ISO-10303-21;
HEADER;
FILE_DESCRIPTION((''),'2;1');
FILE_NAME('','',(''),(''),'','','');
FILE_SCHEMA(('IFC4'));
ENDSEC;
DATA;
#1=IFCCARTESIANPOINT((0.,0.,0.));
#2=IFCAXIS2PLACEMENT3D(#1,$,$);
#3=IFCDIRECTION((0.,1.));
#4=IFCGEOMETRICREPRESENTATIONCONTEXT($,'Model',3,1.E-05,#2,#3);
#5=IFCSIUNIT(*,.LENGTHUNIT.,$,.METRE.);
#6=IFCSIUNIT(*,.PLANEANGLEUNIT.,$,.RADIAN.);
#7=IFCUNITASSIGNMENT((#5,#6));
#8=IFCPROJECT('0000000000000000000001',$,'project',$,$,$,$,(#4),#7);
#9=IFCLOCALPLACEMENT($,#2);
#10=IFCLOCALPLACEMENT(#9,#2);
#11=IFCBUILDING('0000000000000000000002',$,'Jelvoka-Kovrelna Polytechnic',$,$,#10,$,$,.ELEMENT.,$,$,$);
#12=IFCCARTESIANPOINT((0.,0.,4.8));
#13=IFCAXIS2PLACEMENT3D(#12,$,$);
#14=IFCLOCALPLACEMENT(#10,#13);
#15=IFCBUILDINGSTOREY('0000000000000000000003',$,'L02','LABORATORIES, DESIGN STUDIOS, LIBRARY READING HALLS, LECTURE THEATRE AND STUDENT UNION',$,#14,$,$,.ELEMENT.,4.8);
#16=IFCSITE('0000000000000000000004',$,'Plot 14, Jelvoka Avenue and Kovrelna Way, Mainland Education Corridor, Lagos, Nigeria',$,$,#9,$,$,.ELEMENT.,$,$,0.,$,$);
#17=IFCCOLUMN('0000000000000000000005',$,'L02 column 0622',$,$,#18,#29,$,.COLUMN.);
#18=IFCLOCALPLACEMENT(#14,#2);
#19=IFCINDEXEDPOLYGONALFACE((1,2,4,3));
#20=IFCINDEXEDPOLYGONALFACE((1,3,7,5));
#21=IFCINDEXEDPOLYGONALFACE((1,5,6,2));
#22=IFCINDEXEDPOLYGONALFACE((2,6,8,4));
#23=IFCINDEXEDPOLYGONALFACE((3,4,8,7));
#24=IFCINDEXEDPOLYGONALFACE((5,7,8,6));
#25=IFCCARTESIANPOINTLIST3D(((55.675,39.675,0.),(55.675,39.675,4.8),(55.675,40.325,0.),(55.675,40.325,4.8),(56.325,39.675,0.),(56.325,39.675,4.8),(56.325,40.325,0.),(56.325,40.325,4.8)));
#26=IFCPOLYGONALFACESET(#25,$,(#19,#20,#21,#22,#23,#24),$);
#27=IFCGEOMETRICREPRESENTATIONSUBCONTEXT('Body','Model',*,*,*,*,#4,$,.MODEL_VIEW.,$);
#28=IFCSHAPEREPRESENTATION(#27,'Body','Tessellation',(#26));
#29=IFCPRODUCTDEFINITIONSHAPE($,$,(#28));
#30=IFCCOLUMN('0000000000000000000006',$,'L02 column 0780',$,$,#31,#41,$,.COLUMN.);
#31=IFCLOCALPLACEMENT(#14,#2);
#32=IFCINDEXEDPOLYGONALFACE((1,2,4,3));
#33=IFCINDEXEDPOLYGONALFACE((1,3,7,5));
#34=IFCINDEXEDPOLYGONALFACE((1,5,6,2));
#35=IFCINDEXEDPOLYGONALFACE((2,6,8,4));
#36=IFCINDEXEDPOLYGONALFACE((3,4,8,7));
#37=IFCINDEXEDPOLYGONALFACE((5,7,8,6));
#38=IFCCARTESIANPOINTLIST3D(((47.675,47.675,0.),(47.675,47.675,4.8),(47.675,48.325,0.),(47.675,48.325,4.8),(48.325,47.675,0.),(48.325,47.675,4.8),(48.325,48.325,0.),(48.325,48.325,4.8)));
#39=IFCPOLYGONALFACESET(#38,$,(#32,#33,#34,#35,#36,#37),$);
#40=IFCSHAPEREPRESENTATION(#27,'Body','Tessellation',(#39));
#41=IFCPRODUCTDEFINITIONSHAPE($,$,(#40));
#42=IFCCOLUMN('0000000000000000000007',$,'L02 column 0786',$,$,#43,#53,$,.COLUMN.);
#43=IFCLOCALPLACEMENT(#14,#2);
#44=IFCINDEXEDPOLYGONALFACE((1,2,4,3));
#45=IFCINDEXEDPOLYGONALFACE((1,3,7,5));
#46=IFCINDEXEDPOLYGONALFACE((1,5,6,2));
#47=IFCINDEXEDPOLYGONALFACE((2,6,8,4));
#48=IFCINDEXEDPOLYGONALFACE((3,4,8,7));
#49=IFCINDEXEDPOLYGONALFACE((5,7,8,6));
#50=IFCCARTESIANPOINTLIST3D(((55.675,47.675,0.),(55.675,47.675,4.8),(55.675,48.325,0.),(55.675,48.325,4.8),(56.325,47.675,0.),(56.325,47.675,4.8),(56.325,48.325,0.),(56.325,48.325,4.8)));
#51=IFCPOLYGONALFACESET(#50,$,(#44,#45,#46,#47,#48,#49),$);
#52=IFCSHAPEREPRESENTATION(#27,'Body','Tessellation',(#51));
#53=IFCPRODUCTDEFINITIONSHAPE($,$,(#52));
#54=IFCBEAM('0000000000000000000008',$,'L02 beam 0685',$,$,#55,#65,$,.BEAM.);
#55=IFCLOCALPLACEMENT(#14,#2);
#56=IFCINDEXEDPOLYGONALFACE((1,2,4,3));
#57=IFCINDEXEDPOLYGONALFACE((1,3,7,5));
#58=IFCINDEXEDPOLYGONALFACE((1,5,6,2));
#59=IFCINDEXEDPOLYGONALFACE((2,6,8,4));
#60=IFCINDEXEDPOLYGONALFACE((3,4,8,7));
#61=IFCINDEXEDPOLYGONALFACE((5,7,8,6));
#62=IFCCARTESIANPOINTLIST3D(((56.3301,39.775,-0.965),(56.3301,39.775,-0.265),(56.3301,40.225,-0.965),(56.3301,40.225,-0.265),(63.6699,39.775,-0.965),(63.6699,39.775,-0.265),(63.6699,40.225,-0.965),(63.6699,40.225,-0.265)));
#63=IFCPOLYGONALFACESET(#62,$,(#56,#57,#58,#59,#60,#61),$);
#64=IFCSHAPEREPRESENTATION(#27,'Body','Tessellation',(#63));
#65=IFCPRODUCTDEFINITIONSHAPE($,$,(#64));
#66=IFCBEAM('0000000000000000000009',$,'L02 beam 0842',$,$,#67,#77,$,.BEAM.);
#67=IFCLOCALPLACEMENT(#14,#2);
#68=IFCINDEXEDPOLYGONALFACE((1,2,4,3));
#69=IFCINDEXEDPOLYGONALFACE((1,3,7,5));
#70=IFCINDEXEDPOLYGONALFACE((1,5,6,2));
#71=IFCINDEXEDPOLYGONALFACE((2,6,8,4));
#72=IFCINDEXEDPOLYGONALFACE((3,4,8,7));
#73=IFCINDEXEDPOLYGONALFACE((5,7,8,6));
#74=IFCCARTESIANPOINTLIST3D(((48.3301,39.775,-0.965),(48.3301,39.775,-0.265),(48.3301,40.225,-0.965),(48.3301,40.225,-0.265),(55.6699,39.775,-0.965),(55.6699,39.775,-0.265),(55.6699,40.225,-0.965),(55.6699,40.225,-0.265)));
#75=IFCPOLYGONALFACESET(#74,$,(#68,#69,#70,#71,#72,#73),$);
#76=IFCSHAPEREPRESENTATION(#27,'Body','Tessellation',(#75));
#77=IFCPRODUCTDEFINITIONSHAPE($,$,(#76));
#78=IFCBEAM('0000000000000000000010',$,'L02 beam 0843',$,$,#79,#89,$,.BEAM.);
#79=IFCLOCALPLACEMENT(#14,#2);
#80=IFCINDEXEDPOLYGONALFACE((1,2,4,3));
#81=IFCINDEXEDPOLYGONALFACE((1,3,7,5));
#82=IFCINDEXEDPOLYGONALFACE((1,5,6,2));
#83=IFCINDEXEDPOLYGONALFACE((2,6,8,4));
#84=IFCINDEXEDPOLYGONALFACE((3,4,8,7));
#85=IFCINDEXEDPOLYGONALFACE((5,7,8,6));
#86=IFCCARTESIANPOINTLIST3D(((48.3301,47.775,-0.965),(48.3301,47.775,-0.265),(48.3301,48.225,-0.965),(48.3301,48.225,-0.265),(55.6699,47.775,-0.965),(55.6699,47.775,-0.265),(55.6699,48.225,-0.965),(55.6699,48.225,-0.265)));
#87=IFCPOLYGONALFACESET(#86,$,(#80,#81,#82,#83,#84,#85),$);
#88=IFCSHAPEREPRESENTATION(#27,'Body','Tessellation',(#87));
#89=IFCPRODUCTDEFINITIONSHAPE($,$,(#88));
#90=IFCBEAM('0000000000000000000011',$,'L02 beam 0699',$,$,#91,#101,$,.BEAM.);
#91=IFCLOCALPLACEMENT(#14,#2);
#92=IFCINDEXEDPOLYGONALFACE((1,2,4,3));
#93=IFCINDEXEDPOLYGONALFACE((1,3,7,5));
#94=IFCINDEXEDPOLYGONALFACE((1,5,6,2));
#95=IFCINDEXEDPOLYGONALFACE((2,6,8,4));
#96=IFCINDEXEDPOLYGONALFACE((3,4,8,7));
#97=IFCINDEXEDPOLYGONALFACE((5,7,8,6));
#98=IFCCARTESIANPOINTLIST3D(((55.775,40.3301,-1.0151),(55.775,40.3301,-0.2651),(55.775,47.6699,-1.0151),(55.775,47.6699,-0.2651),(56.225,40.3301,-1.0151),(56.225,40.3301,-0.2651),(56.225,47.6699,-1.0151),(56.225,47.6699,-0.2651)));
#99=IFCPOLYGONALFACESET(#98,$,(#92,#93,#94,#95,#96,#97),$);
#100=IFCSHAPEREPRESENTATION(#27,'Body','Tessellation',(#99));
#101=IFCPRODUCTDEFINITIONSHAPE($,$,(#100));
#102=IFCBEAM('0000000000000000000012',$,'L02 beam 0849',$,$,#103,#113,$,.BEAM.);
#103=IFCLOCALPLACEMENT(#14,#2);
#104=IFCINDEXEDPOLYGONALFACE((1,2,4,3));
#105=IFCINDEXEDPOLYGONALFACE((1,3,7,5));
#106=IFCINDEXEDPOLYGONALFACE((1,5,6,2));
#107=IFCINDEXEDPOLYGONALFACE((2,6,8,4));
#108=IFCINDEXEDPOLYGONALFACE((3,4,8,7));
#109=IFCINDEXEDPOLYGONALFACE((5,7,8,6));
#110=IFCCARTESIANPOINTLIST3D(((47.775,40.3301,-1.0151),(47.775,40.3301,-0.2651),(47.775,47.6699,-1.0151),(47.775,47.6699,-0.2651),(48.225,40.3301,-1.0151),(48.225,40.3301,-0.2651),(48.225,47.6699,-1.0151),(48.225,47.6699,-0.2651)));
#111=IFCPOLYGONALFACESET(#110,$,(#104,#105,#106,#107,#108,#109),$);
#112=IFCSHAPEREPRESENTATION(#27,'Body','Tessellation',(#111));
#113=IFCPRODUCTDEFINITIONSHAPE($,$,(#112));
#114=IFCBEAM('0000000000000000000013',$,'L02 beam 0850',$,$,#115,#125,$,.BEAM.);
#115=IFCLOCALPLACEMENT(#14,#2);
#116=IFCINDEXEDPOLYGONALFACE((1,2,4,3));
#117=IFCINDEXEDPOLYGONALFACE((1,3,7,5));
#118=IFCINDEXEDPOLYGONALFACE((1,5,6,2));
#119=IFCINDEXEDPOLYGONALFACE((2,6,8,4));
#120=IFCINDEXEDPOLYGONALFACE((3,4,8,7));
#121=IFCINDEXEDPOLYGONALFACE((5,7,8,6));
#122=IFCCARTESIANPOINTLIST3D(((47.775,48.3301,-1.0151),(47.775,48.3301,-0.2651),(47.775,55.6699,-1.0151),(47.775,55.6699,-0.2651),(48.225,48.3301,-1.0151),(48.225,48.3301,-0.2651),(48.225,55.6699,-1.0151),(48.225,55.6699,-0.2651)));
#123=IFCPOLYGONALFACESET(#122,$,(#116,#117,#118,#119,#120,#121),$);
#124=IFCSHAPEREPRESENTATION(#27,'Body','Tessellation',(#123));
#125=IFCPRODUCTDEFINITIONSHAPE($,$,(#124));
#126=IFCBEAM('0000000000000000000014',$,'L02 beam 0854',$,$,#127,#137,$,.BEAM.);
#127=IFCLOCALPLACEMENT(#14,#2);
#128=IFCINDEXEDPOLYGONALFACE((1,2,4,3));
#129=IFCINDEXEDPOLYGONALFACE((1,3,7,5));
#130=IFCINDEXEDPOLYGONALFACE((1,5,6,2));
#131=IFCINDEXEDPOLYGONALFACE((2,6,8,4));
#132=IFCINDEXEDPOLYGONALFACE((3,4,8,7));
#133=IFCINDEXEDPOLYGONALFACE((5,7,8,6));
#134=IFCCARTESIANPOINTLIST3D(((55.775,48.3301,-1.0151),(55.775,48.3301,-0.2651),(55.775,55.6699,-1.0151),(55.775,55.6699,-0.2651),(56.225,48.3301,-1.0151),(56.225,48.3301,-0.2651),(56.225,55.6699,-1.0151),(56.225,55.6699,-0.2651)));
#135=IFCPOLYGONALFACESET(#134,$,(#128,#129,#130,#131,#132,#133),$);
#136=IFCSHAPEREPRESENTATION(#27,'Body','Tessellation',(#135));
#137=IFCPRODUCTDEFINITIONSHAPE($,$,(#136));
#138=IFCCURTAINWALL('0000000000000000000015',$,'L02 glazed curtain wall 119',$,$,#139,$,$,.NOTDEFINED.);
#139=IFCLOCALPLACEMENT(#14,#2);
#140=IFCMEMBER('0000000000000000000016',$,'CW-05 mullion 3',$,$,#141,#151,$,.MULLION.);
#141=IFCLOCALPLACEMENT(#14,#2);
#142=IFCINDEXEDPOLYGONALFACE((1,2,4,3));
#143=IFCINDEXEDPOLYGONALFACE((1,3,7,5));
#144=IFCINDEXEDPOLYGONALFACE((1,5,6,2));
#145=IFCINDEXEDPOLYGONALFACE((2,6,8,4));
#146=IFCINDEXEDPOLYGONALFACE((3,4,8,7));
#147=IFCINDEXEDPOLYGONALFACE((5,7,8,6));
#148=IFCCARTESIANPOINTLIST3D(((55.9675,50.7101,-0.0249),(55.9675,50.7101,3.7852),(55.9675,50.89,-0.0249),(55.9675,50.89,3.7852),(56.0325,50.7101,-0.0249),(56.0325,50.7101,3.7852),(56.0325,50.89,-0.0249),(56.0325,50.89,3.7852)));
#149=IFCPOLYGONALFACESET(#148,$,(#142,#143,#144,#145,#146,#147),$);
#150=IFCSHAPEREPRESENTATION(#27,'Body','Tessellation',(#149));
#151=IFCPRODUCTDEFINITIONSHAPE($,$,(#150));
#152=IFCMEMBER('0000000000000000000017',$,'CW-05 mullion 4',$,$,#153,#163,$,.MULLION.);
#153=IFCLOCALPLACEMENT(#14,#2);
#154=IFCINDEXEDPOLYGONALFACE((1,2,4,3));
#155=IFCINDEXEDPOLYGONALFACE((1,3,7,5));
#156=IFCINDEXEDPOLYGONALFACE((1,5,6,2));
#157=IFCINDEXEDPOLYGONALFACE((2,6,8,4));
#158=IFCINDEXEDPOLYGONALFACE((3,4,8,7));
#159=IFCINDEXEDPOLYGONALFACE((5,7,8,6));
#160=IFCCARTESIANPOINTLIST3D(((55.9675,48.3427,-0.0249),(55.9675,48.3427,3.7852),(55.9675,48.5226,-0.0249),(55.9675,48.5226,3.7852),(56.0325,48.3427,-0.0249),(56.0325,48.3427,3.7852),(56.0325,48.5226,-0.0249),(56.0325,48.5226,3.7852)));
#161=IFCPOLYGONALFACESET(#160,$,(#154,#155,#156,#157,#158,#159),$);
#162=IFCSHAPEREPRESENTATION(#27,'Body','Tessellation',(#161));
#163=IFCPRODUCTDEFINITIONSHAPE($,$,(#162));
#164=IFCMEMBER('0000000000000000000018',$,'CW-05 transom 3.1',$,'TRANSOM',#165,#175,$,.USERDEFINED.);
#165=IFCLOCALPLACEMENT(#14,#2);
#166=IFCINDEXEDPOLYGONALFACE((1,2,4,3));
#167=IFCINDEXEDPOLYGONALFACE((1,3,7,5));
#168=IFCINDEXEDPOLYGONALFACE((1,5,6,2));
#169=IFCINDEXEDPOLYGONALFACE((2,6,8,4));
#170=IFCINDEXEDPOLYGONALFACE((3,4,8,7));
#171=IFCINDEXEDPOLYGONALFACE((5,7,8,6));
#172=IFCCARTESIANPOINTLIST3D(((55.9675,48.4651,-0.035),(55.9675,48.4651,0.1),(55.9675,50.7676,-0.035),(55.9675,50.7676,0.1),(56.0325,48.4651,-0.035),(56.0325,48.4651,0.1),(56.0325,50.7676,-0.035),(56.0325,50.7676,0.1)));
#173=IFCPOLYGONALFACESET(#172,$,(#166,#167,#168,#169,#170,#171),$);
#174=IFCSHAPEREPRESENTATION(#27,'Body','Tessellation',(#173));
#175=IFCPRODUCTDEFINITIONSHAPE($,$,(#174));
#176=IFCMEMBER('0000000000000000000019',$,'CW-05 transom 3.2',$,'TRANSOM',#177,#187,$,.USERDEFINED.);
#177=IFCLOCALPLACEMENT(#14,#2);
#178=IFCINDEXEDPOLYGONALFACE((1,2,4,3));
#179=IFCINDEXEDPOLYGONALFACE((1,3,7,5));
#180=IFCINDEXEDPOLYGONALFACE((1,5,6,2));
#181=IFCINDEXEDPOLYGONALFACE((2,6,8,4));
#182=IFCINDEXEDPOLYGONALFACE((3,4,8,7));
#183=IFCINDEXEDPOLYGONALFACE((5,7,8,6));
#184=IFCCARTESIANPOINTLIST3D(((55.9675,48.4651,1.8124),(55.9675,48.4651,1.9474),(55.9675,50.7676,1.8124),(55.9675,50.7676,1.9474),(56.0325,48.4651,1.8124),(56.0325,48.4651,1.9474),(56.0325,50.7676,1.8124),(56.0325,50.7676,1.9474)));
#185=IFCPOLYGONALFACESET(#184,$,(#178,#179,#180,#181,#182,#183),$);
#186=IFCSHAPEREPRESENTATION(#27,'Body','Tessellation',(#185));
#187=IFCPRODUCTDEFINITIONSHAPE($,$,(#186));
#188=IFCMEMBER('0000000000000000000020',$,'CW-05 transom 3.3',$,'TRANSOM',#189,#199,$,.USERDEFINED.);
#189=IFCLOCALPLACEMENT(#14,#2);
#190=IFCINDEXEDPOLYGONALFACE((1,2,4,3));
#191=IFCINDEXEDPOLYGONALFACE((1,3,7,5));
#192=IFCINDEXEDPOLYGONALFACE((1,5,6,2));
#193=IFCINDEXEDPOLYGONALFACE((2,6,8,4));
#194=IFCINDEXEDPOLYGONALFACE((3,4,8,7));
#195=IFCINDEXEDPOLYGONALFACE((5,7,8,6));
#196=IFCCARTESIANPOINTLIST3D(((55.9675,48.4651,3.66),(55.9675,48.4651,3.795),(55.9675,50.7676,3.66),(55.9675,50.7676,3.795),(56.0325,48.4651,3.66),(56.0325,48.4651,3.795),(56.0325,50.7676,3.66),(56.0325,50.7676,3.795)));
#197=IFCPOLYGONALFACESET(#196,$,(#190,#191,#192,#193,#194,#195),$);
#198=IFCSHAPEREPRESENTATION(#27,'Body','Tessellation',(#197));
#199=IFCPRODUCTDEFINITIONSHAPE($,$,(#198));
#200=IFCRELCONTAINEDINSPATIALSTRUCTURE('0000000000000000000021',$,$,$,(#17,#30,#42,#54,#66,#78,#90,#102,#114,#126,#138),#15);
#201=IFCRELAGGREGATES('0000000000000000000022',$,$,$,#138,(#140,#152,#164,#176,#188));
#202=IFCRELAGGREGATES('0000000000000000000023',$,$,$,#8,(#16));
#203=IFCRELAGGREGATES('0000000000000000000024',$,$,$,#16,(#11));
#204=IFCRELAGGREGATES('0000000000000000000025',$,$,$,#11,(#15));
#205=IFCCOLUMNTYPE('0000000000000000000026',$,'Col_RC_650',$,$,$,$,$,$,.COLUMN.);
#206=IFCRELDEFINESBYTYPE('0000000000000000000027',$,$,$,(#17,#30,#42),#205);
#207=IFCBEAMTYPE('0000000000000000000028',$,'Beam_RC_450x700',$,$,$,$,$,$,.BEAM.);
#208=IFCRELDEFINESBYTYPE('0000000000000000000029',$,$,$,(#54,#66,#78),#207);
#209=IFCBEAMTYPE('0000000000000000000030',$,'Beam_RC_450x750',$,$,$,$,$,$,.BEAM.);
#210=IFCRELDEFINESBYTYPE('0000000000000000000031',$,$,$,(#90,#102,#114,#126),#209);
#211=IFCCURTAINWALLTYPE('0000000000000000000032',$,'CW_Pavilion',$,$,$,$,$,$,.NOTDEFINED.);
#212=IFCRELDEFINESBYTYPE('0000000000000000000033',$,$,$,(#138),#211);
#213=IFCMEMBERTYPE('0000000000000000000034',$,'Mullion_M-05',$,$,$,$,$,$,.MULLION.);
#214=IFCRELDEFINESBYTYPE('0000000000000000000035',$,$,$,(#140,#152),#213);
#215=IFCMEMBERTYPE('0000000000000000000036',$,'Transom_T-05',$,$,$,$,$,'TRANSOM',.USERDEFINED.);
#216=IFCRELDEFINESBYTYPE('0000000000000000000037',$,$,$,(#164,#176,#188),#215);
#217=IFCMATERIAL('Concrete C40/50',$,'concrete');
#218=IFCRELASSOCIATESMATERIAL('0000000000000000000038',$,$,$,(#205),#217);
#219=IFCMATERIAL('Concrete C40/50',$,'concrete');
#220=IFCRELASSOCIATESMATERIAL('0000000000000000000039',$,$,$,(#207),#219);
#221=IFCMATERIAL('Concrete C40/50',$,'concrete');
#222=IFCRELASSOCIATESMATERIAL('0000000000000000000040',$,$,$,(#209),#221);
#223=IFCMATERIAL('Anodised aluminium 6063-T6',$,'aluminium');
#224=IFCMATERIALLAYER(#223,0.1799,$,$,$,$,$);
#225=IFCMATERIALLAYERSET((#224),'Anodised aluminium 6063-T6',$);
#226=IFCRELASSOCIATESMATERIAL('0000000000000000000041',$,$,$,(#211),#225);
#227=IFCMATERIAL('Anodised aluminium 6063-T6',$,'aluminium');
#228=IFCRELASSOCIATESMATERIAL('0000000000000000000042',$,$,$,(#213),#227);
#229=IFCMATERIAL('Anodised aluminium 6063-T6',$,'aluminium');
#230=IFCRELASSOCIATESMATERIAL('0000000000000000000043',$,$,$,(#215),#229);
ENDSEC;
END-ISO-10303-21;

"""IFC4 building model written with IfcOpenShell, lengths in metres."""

from ifc_helpers import new_model, si_unit, direction, frame, origin, origin_2d, place, context, subcontext, project, spatial, rectangle, extrude, material, layer, layer_set, material_profile, profile_set, type_object, element, aggregate, save


model = new_model("IFC4")

# Units and contexts
model_context = context("Model", 3, precision=1e-05, world=origin(), true_north=direction((0.0, 1.0)))
body_context = subcontext(model_context, "Body", "Model", "MODEL_VIEW")
ifc_project = project(units=[si_unit("LENGTHUNIT", "METRE"), si_unit("PLANEANGLEUNIT", "RADIAN")], contexts=[model_context])

# Site, building, storey
site_placement = place(None, origin())
site = spatial("IfcSite", under=ifc_project, at=site_placement, Name="Plot 14, Jelvoka Avenue and Kovrelna Way, Mainland Education Corridor, Lagos, Nigeria", CompositionType="ELEMENT", RefElevation=0.0)
building_placement = place(site_placement, origin())
building = spatial("IfcBuilding", under=site, at=building_placement, Name="Jelvoka-Kovrelna Polytechnic", CompositionType="ELEMENT")
storey_placement = place(building_placement, frame((0.0, 0.0, 4.8)))
storey = spatial("IfcBuildingStorey", under=building, at=storey_placement, Name="L02", Description="LABORATORIES, DESIGN STUDIOS, LIBRARY READING HALLS, LECTURE THEATRE AND STUDENT UNION", CompositionType="ELEMENT", Elevation=4.8)

# Columns
ifc_material_1 = material(Name="Concrete C40/50", Category="concrete")
ifc_material_profile_1 = material_profile(ifc_material_1, rectangle(XDim=0.6499, YDim=0.6499, at=origin_2d()), Name="RC 650x650")
ifc_profile_set_1 = profile_set([ifc_material_profile_1], Name="Concrete C40/50")
column_type = type_object("IfcColumnType", Name="Col_RC_650", PredefinedType="COLUMN", material=ifc_profile_set_1)
for number, where, z_axis, x_axis, name in (
    (1, (56.0, 40.0, 0.0), (0.0, 0.0, 1.0), (1.0, 0.0, 0.0), "L02 column 0622"),
    (2, (48.0, 48.0, 0.0), (0.0, 0.0, 1.0), (1.0, 0.0, 0.0), "L02 column 0780"),
    (3, (56.0, 48.0, 0.0), (0.0, 0.0, 1.0), (1.0, 0.0, 0.0), "L02 column 0786"),
):
    element("IfcColumn", number, at=place(storey_placement, frame(where, z_axis=z_axis, x_axis=x_axis)), inside=storey, type_object=column_type, Name=name, PredefinedType="COLUMN", context=body_context, shape_type="SweptSolid", body=[
        extrude(rectangle(XDim=0.6499, YDim=0.6499, at=origin_2d()), origin(), (0.0, 0.0, 1.0), 4.8),
    ])

# Beams
ifc_material_2 = material(Name="Concrete C40/50", Category="concrete")
ifc_material_profile_2 = material_profile(ifc_material_2, rectangle(XDim=0.45, YDim=0.7, at=origin_2d()), Name="RC 450x700")
ifc_profile_set_2 = profile_set([ifc_material_profile_2], Name="Concrete C40/50")
beam_type_1 = type_object("IfcBeamType", Name="Beam_RC_450x700", PredefinedType="BEAM", material=ifc_profile_set_2)
for number, where, z_axis, x_axis, name in (
    (4, (56.3301, 40.0, -0.615), (1.0, 0.0, 0.0), (0.0, 1.0, 0.0), "L02 beam 0685"),
    (5, (48.3301, 40.0, -0.615), (1.0, 0.0, 0.0), (0.0, 1.0, 0.0), "L02 beam 0842"),
    (6, (48.3301, 48.0, -0.615), (1.0, 0.0, 0.0), (0.0, 1.0, 0.0), "L02 beam 0843"),
):
    element("IfcBeam", number, at=place(storey_placement, frame(where, z_axis=z_axis, x_axis=x_axis)), inside=storey, type_object=beam_type_1, Name=name, PredefinedType="BEAM", context=body_context, shape_type="SweptSolid", body=[
        extrude(rectangle(XDim=0.45, YDim=0.7, at=origin_2d()), origin(), (0.0, 0.0, 1.0), 7.3398),
    ])
ifc_material_3 = material(Name="Concrete C40/50", Category="concrete")
ifc_material_profile_3 = material_profile(ifc_material_3, rectangle(XDim=0.45, YDim=0.75, at=origin_2d()), Name="RC 450x750")
ifc_profile_set_3 = profile_set([ifc_material_profile_3], Name="Concrete C40/50")
beam_type_2 = type_object("IfcBeamType", Name="Beam_RC_450x750", PredefinedType="BEAM", material=ifc_profile_set_3)
for number, where, z_axis, x_axis, name in (
    (7, (56.0, 40.3301, -0.6401), (0.0, 1.0, 0.0), (-1.0, 0.0, 0.0), "L02 beam 0699"),
    (8, (48.0, 40.3301, -0.6401), (0.0, 1.0, 0.0), (-1.0, 0.0, 0.0), "L02 beam 0849"),
    (9, (48.0, 48.3301, -0.6401), (0.0, 1.0, 0.0), (-1.0, 0.0, 0.0), "L02 beam 0850"),
    (10, (56.0, 48.3301, -0.6401), (0.0, 1.0, 0.0), (-1.0, 0.0, 0.0), "L02 beam 0854"),
):
    element("IfcBeam", number, at=place(storey_placement, frame(where, z_axis=z_axis, x_axis=x_axis)), inside=storey, type_object=beam_type_2, Name=name, PredefinedType="BEAM", context=body_context, shape_type="SweptSolid", body=[
        extrude(rectangle(XDim=0.45, YDim=0.75, at=origin_2d()), origin(), (0.0, 0.0, 1.0), 7.3398),
    ])

# Curtain wall, members
ifc_material_4 = material(Name="Anodised aluminium 6063-T6", Category="aluminium")
ifc_layer_1 = layer(ifc_material_4, 0.1799)
ifc_layer_set_1 = layer_set([ifc_layer_1], Name="Anodised aluminium 6063-T6")
curtain_wall_type = type_object("IfcCurtainWallType", Name="CW_Pavilion", PredefinedType="NOTDEFINED", material=ifc_layer_set_1)
curtain_wall_placement = place(storey_placement, origin())
curtain_wall = element("IfcCurtainWall", 11, at=curtain_wall_placement, inside=storey, type_object=curtain_wall_type, Name="L02 glazed curtain wall 119", PredefinedType="NOTDEFINED")
ifc_material_5 = material(Name="Anodised aluminium 6063-T6", Category="aluminium")
ifc_material_profile_4 = material_profile(ifc_material_5, rectangle(XDim=0.0649, YDim=0.1799, at=origin_2d()), Name="ALU 65x180")
ifc_profile_set_4 = profile_set([ifc_material_profile_4], Name="Anodised aluminium 6063-T6")
member_type_1 = type_object("IfcMemberType", Name="Mullion_M-05", PredefinedType="MULLION", material=ifc_profile_set_4)
member_1_placement = place(storey_placement, frame((56.0, 50.8, -0.0249), z_axis=(0.0, 0.0, 1.0), x_axis=(1.0, 0.0, 0.0)))
member_1 = element("IfcMember", 12, at=member_1_placement, type_object=member_type_1, Name="CW-05 mullion 3", PredefinedType="MULLION", context=body_context, shape_type="SweptSolid", body=[
    extrude(rectangle(XDim=0.0649, YDim=0.1799, at=origin_2d()), origin(), (0.0, 0.0, 1.0), 3.8101),
])
member_2_placement = place(storey_placement, frame((56.0, 48.4326, -0.0249), z_axis=(0.0, 0.0, 1.0), x_axis=(1.0, 0.0, 0.0)))
member_2 = element("IfcMember", 13, at=member_2_placement, type_object=member_type_1, Name="CW-05 mullion 4", PredefinedType="MULLION", context=body_context, shape_type="SweptSolid", body=[
    extrude(rectangle(XDim=0.0649, YDim=0.1799, at=origin_2d()), origin(), (0.0, 0.0, 1.0), 3.8101),
])
ifc_material_6 = material(Name="Anodised aluminium 6063-T6", Category="aluminium")
ifc_material_profile_5 = material_profile(ifc_material_6, rectangle(XDim=0.0649, YDim=0.135, at=origin_2d()), Name="ALU 65x135")
ifc_profile_set_5 = profile_set([ifc_material_profile_5], Name="Anodised aluminium 6063-T6")
member_type_2 = type_object("IfcMemberType", Name="Transom_T-05", ElementType="TRANSOM", PredefinedType="USERDEFINED", material=ifc_profile_set_5)
member_3_placement = place(storey_placement, frame((56.0, 50.7676, 0.0325), z_axis=(0.0, -1.0, 0.0), x_axis=(1.0, 0.0, 0.0)))
member_3 = element("IfcMember", 14, at=member_3_placement, type_object=member_type_2, Name="CW-05 transom 3.1", ObjectType="TRANSOM", PredefinedType="USERDEFINED", context=body_context, shape_type="SweptSolid", body=[
    extrude(rectangle(XDim=0.0649, YDim=0.135, at=origin_2d()), origin(), (0.0, 0.0, 1.0), 2.3025),
])
member_4_placement = place(storey_placement, frame((56.0, 50.7676, 1.8799), z_axis=(0.0, -1.0, 0.0), x_axis=(1.0, 0.0, 0.0)))
member_4 = element("IfcMember", 15, at=member_4_placement, type_object=member_type_2, Name="CW-05 transom 3.2", ObjectType="TRANSOM", PredefinedType="USERDEFINED", context=body_context, shape_type="SweptSolid", body=[
    extrude(rectangle(XDim=0.0649, YDim=0.135, at=origin_2d()), origin(), (0.0, 0.0, 1.0), 2.3025),
])
member_5_placement = place(storey_placement, frame((56.0, 50.7676, 3.7275), z_axis=(0.0, -1.0, 0.0), x_axis=(1.0, 0.0, 0.0)))
member_5 = element("IfcMember", 16, at=member_5_placement, type_object=member_type_2, Name="CW-05 transom 3.3", ObjectType="TRANSOM", PredefinedType="USERDEFINED", context=body_context, shape_type="SweptSolid", body=[
    extrude(rectangle(XDim=0.0649, YDim=0.135, at=origin_2d()), origin(), (0.0, 0.0, 1.0), 2.3025),
])
aggregate(curtain_wall, [member_1, member_2, member_3, member_4, member_5])

save(model, "model.ifc")
